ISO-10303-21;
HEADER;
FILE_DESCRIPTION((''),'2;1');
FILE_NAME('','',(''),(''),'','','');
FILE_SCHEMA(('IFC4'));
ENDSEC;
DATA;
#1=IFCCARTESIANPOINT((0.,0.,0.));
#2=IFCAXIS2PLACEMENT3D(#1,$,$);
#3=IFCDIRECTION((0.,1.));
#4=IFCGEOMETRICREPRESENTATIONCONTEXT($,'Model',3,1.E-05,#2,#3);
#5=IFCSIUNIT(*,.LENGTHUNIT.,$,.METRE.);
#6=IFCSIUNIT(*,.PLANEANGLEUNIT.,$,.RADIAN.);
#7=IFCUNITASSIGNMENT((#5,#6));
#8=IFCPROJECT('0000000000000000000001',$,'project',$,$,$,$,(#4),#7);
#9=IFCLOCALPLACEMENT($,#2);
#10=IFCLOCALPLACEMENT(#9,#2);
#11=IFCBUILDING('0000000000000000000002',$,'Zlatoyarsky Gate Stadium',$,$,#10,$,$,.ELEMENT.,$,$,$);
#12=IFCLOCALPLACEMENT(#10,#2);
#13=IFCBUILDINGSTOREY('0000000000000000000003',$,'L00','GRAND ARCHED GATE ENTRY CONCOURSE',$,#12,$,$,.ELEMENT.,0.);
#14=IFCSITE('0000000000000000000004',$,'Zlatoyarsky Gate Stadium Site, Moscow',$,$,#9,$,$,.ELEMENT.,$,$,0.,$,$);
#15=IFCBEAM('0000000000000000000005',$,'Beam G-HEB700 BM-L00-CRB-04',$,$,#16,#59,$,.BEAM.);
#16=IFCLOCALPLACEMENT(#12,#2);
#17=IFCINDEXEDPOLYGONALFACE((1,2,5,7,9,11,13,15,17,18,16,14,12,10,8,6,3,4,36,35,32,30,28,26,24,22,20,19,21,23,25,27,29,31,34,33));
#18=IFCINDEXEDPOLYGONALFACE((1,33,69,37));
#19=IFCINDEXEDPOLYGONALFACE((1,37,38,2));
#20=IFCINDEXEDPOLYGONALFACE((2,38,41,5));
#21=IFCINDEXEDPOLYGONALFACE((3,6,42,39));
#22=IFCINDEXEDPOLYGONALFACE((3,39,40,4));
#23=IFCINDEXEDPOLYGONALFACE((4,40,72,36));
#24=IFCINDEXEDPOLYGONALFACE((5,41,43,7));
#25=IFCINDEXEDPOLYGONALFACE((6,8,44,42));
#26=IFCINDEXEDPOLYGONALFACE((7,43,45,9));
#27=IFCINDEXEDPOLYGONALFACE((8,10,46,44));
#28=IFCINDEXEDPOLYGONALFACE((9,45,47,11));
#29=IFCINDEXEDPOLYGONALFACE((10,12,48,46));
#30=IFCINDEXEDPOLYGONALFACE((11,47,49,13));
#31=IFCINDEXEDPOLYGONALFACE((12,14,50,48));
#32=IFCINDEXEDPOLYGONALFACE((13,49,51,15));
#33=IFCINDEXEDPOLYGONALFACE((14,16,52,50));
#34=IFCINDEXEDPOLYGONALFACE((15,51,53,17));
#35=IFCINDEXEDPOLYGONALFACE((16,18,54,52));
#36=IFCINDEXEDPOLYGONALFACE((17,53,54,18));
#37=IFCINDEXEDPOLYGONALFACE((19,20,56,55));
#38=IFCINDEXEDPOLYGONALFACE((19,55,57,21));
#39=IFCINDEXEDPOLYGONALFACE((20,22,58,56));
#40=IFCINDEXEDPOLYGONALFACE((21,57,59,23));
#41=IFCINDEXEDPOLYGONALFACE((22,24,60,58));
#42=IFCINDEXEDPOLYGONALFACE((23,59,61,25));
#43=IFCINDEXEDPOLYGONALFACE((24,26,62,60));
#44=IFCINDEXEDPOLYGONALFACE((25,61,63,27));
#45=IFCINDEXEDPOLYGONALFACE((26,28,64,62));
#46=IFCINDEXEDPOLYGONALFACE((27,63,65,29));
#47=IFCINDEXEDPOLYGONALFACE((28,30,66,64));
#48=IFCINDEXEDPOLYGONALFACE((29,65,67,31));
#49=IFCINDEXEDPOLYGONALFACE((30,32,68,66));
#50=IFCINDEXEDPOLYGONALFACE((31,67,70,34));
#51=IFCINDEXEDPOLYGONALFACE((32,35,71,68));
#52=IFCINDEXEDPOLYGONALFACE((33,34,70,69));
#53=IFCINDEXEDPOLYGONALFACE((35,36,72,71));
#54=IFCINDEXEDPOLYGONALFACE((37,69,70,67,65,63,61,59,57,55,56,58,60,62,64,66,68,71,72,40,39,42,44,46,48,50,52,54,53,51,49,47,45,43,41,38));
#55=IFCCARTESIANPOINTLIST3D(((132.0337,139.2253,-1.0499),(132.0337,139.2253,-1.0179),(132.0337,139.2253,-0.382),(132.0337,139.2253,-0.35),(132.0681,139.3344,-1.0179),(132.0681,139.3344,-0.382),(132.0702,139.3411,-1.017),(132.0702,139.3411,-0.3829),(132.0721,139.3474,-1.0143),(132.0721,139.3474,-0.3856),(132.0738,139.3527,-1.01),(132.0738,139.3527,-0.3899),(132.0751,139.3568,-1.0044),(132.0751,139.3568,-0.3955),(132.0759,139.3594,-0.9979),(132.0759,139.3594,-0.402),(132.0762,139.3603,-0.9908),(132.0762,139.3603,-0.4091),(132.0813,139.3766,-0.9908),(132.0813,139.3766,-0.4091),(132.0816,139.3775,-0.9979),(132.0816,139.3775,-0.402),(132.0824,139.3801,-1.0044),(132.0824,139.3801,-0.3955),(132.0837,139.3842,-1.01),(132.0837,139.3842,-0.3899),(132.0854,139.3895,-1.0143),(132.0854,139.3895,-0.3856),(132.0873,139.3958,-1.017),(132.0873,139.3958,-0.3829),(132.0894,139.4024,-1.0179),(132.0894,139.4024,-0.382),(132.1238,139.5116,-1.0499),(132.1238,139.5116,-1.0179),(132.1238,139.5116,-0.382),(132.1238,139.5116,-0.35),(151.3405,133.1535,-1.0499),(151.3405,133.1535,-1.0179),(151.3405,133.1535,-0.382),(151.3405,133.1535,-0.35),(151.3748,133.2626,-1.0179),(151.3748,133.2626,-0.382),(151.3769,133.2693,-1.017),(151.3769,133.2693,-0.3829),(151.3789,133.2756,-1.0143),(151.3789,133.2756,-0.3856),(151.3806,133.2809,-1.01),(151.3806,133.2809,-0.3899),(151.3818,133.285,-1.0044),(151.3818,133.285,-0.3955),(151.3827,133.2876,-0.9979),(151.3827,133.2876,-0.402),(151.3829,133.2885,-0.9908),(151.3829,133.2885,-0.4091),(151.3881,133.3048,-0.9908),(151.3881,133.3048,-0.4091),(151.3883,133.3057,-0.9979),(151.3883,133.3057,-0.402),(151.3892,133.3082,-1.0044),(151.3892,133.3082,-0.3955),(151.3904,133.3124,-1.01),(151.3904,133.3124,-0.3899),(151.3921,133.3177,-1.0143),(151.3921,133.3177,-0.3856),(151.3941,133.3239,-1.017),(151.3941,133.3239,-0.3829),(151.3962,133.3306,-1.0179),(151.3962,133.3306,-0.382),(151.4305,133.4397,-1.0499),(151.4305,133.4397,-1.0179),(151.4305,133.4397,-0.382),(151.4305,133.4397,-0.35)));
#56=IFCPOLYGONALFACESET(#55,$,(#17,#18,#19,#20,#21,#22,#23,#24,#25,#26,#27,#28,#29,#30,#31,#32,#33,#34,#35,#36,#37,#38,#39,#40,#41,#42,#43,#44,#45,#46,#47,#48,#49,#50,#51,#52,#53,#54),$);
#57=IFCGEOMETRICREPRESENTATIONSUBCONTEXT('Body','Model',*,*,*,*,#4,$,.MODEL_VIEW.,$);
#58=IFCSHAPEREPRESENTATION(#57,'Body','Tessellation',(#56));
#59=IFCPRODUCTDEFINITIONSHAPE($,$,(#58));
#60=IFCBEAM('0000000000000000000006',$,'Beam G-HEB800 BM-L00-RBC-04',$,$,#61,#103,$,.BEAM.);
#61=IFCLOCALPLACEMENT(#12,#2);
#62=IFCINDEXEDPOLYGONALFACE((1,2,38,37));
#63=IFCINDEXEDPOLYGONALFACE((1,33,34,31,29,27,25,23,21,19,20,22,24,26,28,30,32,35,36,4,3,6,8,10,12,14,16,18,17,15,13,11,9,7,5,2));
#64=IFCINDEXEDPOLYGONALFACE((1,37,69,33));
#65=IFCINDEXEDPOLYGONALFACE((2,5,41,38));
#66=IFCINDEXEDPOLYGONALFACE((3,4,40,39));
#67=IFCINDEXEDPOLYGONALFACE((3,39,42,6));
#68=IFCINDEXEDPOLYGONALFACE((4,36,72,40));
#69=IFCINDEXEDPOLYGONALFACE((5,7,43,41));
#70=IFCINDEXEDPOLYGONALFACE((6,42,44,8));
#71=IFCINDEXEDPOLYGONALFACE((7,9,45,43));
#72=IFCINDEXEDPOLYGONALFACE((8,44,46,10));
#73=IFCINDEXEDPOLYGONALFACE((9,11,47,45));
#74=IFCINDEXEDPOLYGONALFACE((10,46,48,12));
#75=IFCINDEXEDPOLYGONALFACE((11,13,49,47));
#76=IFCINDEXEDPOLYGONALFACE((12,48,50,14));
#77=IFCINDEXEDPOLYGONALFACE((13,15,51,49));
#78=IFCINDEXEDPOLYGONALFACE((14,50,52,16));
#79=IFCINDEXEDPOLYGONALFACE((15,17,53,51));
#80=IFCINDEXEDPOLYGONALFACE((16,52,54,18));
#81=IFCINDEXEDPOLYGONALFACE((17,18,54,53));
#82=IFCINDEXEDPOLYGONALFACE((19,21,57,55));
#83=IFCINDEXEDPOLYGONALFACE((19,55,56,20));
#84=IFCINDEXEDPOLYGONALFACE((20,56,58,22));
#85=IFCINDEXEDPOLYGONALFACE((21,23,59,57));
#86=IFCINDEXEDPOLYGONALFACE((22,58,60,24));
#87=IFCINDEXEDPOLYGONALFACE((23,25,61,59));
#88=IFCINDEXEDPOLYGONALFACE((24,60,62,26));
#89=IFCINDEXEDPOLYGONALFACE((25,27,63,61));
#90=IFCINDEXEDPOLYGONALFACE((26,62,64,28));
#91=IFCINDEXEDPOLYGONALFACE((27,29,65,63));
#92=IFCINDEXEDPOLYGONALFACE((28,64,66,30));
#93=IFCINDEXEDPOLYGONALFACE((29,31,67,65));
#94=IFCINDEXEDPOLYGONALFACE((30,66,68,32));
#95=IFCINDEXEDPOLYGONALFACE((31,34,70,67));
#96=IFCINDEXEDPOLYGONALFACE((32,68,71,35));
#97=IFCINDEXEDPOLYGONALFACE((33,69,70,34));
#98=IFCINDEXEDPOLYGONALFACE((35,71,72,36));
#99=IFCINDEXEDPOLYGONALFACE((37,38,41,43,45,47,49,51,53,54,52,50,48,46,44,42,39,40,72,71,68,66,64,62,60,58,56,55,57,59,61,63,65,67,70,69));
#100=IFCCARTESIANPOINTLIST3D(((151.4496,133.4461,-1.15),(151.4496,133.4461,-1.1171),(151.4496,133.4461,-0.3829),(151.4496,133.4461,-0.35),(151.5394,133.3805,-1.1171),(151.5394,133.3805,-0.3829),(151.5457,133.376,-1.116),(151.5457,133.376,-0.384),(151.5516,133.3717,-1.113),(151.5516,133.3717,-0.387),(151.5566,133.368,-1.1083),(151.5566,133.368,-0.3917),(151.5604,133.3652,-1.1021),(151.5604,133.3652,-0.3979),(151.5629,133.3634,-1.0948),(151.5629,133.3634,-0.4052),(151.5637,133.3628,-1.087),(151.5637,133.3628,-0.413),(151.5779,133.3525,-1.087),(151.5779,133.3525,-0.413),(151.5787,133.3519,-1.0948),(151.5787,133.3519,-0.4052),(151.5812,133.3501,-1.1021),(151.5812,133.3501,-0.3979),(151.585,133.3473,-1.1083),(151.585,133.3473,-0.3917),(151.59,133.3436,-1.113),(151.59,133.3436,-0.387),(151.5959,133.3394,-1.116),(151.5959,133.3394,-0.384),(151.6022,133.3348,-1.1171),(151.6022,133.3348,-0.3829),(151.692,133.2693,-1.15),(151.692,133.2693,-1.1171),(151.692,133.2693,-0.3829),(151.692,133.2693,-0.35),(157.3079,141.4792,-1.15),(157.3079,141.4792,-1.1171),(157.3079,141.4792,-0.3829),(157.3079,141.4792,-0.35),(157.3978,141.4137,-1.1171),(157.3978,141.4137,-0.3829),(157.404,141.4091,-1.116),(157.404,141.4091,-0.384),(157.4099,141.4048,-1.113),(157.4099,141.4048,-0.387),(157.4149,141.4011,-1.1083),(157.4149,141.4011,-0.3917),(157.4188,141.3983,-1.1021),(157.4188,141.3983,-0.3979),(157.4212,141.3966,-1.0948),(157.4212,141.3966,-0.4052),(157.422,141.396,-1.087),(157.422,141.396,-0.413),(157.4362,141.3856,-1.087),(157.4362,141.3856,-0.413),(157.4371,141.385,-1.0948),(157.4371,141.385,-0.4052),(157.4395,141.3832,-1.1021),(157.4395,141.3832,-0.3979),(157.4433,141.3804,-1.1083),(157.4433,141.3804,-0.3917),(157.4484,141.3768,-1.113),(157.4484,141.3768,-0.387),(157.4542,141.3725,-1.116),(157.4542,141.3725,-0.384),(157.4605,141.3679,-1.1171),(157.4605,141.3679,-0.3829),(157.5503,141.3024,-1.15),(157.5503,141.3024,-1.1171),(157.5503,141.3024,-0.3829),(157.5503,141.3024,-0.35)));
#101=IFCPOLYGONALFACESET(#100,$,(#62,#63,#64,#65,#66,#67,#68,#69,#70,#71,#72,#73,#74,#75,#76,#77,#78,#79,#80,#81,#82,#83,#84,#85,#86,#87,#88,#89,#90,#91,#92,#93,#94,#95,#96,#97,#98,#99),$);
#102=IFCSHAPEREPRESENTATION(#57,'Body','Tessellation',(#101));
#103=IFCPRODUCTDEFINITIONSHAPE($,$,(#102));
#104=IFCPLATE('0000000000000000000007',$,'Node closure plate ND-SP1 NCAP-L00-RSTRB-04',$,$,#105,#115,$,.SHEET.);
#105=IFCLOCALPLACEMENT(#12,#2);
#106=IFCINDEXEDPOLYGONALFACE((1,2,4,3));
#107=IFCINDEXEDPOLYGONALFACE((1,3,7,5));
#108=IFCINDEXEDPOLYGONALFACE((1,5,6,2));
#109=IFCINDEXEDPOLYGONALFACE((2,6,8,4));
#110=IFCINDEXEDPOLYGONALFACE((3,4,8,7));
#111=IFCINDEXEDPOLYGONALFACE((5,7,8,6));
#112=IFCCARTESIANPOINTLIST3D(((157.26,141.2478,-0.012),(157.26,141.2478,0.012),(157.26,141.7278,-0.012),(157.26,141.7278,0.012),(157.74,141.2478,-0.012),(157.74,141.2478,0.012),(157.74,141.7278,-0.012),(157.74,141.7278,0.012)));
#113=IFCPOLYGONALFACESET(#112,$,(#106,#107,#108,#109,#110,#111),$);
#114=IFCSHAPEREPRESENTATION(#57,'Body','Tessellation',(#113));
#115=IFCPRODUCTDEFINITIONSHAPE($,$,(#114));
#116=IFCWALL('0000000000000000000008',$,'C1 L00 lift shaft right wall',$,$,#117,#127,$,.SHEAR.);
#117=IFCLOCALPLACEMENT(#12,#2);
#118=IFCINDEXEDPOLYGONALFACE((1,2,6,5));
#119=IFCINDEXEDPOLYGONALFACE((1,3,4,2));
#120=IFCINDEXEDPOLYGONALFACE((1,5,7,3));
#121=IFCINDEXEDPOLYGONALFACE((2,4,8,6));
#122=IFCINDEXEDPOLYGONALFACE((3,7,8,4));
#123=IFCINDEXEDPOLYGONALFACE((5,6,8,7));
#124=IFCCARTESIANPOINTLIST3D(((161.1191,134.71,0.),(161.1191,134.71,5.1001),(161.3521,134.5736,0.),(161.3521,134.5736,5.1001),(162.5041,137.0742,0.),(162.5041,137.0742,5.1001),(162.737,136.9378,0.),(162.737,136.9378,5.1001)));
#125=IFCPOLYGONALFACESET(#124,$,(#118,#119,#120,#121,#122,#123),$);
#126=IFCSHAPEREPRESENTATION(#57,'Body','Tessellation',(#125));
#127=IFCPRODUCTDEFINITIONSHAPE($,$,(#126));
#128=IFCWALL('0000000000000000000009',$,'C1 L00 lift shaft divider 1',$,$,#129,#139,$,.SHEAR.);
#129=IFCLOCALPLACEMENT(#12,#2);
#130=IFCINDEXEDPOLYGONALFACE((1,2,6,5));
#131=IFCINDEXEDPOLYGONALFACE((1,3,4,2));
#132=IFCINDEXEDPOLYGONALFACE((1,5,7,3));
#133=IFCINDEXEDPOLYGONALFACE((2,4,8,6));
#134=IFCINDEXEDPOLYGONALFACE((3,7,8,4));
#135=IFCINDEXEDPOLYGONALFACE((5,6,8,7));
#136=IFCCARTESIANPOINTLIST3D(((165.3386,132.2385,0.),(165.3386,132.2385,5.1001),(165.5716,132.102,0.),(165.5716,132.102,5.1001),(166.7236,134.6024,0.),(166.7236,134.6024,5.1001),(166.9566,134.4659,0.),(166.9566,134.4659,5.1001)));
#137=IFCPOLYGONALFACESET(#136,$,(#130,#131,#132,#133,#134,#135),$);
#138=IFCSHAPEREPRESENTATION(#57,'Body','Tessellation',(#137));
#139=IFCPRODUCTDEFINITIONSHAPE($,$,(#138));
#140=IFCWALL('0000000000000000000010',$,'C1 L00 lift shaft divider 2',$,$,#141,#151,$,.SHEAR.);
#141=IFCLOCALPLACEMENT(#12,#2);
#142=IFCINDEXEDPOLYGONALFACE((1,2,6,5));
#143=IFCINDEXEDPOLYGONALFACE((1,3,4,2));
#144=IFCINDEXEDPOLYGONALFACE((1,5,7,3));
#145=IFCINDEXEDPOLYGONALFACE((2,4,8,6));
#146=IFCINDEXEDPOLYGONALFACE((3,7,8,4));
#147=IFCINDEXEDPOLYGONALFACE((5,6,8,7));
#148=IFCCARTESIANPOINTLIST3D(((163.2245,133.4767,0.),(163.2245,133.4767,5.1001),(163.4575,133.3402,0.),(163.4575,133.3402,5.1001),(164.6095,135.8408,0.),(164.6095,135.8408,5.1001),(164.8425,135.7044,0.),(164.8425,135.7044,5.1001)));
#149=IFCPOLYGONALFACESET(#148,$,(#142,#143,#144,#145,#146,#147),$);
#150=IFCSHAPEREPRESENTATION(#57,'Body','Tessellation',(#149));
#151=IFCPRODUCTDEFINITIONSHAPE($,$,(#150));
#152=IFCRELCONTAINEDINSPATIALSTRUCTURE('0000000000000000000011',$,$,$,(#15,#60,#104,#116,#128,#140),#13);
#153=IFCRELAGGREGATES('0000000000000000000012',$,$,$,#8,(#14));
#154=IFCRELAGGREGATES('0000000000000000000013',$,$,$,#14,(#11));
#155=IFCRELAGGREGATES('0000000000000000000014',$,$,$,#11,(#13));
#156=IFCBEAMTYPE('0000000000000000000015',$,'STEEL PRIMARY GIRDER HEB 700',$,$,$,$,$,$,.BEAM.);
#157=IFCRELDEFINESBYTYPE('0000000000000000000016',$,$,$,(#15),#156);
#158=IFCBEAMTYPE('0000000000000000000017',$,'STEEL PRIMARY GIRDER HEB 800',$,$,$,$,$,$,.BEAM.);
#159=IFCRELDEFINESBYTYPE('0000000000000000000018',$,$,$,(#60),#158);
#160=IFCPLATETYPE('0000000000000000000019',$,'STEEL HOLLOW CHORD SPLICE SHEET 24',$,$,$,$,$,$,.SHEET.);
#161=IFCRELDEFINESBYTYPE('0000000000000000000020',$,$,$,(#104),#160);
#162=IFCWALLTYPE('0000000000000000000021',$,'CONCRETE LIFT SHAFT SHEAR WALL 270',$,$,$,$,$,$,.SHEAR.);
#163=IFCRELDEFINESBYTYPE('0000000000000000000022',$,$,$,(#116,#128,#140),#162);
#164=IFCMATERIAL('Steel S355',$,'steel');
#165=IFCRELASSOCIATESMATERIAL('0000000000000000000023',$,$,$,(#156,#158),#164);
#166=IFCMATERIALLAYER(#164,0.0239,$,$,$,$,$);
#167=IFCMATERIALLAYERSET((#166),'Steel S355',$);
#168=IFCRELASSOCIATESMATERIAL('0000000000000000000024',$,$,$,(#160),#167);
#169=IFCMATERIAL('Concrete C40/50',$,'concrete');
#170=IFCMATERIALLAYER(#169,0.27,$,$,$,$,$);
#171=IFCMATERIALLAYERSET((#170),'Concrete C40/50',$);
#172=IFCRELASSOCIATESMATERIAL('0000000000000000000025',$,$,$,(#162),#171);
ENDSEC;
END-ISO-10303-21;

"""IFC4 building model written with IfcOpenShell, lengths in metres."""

from ifc_helpers import new_model, si_unit, direction, frame, frame_2d, origin, origin_2d, place, context, subcontext, project, spatial, rectangle, i_section, extrude, material, layer, layer_set, material_profile, profile_set, type_object, element, save


model = new_model("IFC4")

# Units and contexts
model_context = context("Model", 3, precision=1e-05, world=origin(), true_north=direction((0.0, 1.0)))
body_context = subcontext(model_context, "Body", "Model", "MODEL_VIEW")
ifc_project = project(units=[si_unit("LENGTHUNIT", "METRE"), si_unit("PLANEANGLEUNIT", "RADIAN")], contexts=[model_context])

# Site, building, storey
site_placement = place(None, origin())
site = spatial("IfcSite", under=ifc_project, at=site_placement, Name="Zlatoyarsky Gate Stadium Site, Moscow", CompositionType="ELEMENT", RefElevation=0.0)
building_placement = place(site_placement, origin())
building = spatial("IfcBuilding", under=site, at=building_placement, Name="Zlatoyarsky Gate Stadium", CompositionType="ELEMENT")
storey_placement = place(building_placement, origin())
storey = spatial("IfcBuildingStorey", under=building, at=storey_placement, Name="L00", Description="GRAND ARCHED GATE ENTRY CONCOURSE", CompositionType="ELEMENT", Elevation=0.0)

# Shared definitions
ifc_material_1 = material(Name="Concrete C40/50", Category="concrete")

# Shared definitions
ifc_material_2 = material(Name="Steel S355", Category="steel")

# Beams
ifc_material_profile_1 = material_profile(ifc_material_2, i_section(OverallWidth=0.3, OverallDepth=0.7, WebThickness=0.0171, FlangeThickness=0.032, FilletRadius=0.0271, at=origin_2d()), Name="HEB 700")
ifc_profile_set_1 = profile_set([ifc_material_profile_1], Name="Steel S355")
beam_type_1 = type_object("IfcBeamType", Name="STEEL PRIMARY GIRDER HEB 700", PredefinedType="BEAM", material=ifc_profile_set_1)
beam_1_placement = place(storey_placement, frame((151.3855, 133.2966, -0.7), z_axis=(-0.953938, 0.300005, 0.0), x_axis=(-0.300005, -0.953938, 0.0)))
element("IfcBeam", 1, at=beam_1_placement, inside=storey, type_object=beam_type_1, Name="Beam G-HEB700 BM-L00-CRB-04", PredefinedType="BEAM", context=body_context, shape_type="SweptSolid", body=[
    extrude(i_section(OverallWidth=0.3, OverallDepth=0.7, WebThickness=0.0171, FlangeThickness=0.032, FilletRadius=0.0271, at=origin_2d()), origin(), (0.0, 0.0, 1.0), 20.239),
])
ifc_material_profile_2 = material_profile(ifc_material_2, i_section(OverallWidth=0.3, OverallDepth=0.8, WebThickness=0.0176, FlangeThickness=0.033, FilletRadius=0.03, at=origin_2d()), Name="HEB 800")
ifc_profile_set_2 = profile_set([ifc_material_profile_2], Name="Steel S355")
beam_type_2 = type_object("IfcBeamType", Name="STEEL PRIMARY GIRDER HEB 800", PredefinedType="BEAM", material=ifc_profile_set_2)
beam_2_placement = place(storey_placement, frame((151.5708, 133.3577, -0.75), z_axis=(0.589228, 0.807967, 0.0), x_axis=(-0.807967, 0.589228, 0.0)))
element("IfcBeam", 2, at=beam_2_placement, inside=storey, type_object=beam_type_2, Name="Beam G-HEB800 BM-L00-RBC-04", PredefinedType="BEAM", context=body_context, shape_type="SweptSolid", body=[
    extrude(i_section(OverallWidth=0.3, OverallDepth=0.8, WebThickness=0.0176, FlangeThickness=0.033, FilletRadius=0.03, at=origin_2d()), origin(), (0.0, 0.0, 1.0), 9.9424),
])

# Plate
ifc_layer_1 = layer(ifc_material_2, 0.0239)
ifc_layer_set_1 = layer_set([ifc_layer_1], Name="Steel S355")
plate_type = type_object("IfcPlateType", Name="STEEL HOLLOW CHORD SPLICE SHEET 24", PredefinedType="SHEET", material=ifc_layer_set_1)
plate_placement = place(storey_placement, frame((157.5, 141.4878, -0.012), z_axis=(0.0, 0.0, 1.0), x_axis=(1.0, 0.0, 0.0)))
element("IfcPlate", 3, at=plate_placement, inside=storey, type_object=plate_type, Name="Node closure plate ND-SP1 NCAP-L00-RSTRB-04", PredefinedType="SHEET", context=body_context, shape_type="SweptSolid", body=[
    extrude(rectangle(XDim=0.48, YDim=0.48, at=origin_2d()), origin(), (0.0, 0.0, 1.0), 0.0239),
])

# Walls
ifc_layer_2 = layer(ifc_material_1, 0.27)
ifc_layer_set_2 = layer_set([ifc_layer_2], Name="Concrete C40/50")
wall_type_1 = type_object("IfcWallType", Name="CONCRETE LIFT SHAFT SHEAR WALL 270", PredefinedType="SHEAR", material=ifc_layer_set_2)
wall_1_placement = place(storey_placement, frame((162.6206, 137.0061, 0.0), z_axis=(0.0, 0.0, 1.0), x_axis=(-0.505466, -0.862847, 0.0)))
element("IfcWall", 4, at=wall_1_placement, inside=storey, type_object=wall_type_1, Name="C1 L00 lift shaft right wall", PredefinedType="SHEAR", context=body_context, shape_type="SweptSolid", body=[
    extrude(rectangle(XDim=2.74, YDim=0.27, at=frame_2d((1.3701, 0.0))), origin(), (0.0, 0.0, 1.0), 5.1001),
])
wall_2_placement = place(storey_placement, frame((166.8401, 134.5342, 0.0), z_axis=(0.0, 0.0, 1.0), x_axis=(-0.505505, -0.862824, 0.0)))
element("IfcWall", 5, at=wall_2_placement, inside=storey, type_object=wall_type_1, Name="C1 L00 lift shaft divider 1", PredefinedType="SHEAR", context=body_context, shape_type="SweptSolid", body=[
    extrude(rectangle(XDim=2.7397, YDim=0.27, at=frame_2d((1.3699, 0.0))), origin(), (0.0, 0.0, 1.0), 5.1001),
])
wall_3_placement = place(storey_placement, frame((164.7261, 135.7727, 0.0), z_axis=(0.0, 0.0, 1.0), x_axis=(-0.505466, -0.862847, 0.0)))
element("IfcWall", 6, at=wall_3_placement, inside=storey, type_object=wall_type_1, Name="C1 L00 lift shaft divider 2", PredefinedType="SHEAR", context=body_context, shape_type="SweptSolid", body=[
    extrude(rectangle(XDim=2.74, YDim=0.27, at=frame_2d((1.3701, 0.0))), origin(), (0.0, 0.0, 1.0), 5.1001),
])

save(model, "model.ifc")
